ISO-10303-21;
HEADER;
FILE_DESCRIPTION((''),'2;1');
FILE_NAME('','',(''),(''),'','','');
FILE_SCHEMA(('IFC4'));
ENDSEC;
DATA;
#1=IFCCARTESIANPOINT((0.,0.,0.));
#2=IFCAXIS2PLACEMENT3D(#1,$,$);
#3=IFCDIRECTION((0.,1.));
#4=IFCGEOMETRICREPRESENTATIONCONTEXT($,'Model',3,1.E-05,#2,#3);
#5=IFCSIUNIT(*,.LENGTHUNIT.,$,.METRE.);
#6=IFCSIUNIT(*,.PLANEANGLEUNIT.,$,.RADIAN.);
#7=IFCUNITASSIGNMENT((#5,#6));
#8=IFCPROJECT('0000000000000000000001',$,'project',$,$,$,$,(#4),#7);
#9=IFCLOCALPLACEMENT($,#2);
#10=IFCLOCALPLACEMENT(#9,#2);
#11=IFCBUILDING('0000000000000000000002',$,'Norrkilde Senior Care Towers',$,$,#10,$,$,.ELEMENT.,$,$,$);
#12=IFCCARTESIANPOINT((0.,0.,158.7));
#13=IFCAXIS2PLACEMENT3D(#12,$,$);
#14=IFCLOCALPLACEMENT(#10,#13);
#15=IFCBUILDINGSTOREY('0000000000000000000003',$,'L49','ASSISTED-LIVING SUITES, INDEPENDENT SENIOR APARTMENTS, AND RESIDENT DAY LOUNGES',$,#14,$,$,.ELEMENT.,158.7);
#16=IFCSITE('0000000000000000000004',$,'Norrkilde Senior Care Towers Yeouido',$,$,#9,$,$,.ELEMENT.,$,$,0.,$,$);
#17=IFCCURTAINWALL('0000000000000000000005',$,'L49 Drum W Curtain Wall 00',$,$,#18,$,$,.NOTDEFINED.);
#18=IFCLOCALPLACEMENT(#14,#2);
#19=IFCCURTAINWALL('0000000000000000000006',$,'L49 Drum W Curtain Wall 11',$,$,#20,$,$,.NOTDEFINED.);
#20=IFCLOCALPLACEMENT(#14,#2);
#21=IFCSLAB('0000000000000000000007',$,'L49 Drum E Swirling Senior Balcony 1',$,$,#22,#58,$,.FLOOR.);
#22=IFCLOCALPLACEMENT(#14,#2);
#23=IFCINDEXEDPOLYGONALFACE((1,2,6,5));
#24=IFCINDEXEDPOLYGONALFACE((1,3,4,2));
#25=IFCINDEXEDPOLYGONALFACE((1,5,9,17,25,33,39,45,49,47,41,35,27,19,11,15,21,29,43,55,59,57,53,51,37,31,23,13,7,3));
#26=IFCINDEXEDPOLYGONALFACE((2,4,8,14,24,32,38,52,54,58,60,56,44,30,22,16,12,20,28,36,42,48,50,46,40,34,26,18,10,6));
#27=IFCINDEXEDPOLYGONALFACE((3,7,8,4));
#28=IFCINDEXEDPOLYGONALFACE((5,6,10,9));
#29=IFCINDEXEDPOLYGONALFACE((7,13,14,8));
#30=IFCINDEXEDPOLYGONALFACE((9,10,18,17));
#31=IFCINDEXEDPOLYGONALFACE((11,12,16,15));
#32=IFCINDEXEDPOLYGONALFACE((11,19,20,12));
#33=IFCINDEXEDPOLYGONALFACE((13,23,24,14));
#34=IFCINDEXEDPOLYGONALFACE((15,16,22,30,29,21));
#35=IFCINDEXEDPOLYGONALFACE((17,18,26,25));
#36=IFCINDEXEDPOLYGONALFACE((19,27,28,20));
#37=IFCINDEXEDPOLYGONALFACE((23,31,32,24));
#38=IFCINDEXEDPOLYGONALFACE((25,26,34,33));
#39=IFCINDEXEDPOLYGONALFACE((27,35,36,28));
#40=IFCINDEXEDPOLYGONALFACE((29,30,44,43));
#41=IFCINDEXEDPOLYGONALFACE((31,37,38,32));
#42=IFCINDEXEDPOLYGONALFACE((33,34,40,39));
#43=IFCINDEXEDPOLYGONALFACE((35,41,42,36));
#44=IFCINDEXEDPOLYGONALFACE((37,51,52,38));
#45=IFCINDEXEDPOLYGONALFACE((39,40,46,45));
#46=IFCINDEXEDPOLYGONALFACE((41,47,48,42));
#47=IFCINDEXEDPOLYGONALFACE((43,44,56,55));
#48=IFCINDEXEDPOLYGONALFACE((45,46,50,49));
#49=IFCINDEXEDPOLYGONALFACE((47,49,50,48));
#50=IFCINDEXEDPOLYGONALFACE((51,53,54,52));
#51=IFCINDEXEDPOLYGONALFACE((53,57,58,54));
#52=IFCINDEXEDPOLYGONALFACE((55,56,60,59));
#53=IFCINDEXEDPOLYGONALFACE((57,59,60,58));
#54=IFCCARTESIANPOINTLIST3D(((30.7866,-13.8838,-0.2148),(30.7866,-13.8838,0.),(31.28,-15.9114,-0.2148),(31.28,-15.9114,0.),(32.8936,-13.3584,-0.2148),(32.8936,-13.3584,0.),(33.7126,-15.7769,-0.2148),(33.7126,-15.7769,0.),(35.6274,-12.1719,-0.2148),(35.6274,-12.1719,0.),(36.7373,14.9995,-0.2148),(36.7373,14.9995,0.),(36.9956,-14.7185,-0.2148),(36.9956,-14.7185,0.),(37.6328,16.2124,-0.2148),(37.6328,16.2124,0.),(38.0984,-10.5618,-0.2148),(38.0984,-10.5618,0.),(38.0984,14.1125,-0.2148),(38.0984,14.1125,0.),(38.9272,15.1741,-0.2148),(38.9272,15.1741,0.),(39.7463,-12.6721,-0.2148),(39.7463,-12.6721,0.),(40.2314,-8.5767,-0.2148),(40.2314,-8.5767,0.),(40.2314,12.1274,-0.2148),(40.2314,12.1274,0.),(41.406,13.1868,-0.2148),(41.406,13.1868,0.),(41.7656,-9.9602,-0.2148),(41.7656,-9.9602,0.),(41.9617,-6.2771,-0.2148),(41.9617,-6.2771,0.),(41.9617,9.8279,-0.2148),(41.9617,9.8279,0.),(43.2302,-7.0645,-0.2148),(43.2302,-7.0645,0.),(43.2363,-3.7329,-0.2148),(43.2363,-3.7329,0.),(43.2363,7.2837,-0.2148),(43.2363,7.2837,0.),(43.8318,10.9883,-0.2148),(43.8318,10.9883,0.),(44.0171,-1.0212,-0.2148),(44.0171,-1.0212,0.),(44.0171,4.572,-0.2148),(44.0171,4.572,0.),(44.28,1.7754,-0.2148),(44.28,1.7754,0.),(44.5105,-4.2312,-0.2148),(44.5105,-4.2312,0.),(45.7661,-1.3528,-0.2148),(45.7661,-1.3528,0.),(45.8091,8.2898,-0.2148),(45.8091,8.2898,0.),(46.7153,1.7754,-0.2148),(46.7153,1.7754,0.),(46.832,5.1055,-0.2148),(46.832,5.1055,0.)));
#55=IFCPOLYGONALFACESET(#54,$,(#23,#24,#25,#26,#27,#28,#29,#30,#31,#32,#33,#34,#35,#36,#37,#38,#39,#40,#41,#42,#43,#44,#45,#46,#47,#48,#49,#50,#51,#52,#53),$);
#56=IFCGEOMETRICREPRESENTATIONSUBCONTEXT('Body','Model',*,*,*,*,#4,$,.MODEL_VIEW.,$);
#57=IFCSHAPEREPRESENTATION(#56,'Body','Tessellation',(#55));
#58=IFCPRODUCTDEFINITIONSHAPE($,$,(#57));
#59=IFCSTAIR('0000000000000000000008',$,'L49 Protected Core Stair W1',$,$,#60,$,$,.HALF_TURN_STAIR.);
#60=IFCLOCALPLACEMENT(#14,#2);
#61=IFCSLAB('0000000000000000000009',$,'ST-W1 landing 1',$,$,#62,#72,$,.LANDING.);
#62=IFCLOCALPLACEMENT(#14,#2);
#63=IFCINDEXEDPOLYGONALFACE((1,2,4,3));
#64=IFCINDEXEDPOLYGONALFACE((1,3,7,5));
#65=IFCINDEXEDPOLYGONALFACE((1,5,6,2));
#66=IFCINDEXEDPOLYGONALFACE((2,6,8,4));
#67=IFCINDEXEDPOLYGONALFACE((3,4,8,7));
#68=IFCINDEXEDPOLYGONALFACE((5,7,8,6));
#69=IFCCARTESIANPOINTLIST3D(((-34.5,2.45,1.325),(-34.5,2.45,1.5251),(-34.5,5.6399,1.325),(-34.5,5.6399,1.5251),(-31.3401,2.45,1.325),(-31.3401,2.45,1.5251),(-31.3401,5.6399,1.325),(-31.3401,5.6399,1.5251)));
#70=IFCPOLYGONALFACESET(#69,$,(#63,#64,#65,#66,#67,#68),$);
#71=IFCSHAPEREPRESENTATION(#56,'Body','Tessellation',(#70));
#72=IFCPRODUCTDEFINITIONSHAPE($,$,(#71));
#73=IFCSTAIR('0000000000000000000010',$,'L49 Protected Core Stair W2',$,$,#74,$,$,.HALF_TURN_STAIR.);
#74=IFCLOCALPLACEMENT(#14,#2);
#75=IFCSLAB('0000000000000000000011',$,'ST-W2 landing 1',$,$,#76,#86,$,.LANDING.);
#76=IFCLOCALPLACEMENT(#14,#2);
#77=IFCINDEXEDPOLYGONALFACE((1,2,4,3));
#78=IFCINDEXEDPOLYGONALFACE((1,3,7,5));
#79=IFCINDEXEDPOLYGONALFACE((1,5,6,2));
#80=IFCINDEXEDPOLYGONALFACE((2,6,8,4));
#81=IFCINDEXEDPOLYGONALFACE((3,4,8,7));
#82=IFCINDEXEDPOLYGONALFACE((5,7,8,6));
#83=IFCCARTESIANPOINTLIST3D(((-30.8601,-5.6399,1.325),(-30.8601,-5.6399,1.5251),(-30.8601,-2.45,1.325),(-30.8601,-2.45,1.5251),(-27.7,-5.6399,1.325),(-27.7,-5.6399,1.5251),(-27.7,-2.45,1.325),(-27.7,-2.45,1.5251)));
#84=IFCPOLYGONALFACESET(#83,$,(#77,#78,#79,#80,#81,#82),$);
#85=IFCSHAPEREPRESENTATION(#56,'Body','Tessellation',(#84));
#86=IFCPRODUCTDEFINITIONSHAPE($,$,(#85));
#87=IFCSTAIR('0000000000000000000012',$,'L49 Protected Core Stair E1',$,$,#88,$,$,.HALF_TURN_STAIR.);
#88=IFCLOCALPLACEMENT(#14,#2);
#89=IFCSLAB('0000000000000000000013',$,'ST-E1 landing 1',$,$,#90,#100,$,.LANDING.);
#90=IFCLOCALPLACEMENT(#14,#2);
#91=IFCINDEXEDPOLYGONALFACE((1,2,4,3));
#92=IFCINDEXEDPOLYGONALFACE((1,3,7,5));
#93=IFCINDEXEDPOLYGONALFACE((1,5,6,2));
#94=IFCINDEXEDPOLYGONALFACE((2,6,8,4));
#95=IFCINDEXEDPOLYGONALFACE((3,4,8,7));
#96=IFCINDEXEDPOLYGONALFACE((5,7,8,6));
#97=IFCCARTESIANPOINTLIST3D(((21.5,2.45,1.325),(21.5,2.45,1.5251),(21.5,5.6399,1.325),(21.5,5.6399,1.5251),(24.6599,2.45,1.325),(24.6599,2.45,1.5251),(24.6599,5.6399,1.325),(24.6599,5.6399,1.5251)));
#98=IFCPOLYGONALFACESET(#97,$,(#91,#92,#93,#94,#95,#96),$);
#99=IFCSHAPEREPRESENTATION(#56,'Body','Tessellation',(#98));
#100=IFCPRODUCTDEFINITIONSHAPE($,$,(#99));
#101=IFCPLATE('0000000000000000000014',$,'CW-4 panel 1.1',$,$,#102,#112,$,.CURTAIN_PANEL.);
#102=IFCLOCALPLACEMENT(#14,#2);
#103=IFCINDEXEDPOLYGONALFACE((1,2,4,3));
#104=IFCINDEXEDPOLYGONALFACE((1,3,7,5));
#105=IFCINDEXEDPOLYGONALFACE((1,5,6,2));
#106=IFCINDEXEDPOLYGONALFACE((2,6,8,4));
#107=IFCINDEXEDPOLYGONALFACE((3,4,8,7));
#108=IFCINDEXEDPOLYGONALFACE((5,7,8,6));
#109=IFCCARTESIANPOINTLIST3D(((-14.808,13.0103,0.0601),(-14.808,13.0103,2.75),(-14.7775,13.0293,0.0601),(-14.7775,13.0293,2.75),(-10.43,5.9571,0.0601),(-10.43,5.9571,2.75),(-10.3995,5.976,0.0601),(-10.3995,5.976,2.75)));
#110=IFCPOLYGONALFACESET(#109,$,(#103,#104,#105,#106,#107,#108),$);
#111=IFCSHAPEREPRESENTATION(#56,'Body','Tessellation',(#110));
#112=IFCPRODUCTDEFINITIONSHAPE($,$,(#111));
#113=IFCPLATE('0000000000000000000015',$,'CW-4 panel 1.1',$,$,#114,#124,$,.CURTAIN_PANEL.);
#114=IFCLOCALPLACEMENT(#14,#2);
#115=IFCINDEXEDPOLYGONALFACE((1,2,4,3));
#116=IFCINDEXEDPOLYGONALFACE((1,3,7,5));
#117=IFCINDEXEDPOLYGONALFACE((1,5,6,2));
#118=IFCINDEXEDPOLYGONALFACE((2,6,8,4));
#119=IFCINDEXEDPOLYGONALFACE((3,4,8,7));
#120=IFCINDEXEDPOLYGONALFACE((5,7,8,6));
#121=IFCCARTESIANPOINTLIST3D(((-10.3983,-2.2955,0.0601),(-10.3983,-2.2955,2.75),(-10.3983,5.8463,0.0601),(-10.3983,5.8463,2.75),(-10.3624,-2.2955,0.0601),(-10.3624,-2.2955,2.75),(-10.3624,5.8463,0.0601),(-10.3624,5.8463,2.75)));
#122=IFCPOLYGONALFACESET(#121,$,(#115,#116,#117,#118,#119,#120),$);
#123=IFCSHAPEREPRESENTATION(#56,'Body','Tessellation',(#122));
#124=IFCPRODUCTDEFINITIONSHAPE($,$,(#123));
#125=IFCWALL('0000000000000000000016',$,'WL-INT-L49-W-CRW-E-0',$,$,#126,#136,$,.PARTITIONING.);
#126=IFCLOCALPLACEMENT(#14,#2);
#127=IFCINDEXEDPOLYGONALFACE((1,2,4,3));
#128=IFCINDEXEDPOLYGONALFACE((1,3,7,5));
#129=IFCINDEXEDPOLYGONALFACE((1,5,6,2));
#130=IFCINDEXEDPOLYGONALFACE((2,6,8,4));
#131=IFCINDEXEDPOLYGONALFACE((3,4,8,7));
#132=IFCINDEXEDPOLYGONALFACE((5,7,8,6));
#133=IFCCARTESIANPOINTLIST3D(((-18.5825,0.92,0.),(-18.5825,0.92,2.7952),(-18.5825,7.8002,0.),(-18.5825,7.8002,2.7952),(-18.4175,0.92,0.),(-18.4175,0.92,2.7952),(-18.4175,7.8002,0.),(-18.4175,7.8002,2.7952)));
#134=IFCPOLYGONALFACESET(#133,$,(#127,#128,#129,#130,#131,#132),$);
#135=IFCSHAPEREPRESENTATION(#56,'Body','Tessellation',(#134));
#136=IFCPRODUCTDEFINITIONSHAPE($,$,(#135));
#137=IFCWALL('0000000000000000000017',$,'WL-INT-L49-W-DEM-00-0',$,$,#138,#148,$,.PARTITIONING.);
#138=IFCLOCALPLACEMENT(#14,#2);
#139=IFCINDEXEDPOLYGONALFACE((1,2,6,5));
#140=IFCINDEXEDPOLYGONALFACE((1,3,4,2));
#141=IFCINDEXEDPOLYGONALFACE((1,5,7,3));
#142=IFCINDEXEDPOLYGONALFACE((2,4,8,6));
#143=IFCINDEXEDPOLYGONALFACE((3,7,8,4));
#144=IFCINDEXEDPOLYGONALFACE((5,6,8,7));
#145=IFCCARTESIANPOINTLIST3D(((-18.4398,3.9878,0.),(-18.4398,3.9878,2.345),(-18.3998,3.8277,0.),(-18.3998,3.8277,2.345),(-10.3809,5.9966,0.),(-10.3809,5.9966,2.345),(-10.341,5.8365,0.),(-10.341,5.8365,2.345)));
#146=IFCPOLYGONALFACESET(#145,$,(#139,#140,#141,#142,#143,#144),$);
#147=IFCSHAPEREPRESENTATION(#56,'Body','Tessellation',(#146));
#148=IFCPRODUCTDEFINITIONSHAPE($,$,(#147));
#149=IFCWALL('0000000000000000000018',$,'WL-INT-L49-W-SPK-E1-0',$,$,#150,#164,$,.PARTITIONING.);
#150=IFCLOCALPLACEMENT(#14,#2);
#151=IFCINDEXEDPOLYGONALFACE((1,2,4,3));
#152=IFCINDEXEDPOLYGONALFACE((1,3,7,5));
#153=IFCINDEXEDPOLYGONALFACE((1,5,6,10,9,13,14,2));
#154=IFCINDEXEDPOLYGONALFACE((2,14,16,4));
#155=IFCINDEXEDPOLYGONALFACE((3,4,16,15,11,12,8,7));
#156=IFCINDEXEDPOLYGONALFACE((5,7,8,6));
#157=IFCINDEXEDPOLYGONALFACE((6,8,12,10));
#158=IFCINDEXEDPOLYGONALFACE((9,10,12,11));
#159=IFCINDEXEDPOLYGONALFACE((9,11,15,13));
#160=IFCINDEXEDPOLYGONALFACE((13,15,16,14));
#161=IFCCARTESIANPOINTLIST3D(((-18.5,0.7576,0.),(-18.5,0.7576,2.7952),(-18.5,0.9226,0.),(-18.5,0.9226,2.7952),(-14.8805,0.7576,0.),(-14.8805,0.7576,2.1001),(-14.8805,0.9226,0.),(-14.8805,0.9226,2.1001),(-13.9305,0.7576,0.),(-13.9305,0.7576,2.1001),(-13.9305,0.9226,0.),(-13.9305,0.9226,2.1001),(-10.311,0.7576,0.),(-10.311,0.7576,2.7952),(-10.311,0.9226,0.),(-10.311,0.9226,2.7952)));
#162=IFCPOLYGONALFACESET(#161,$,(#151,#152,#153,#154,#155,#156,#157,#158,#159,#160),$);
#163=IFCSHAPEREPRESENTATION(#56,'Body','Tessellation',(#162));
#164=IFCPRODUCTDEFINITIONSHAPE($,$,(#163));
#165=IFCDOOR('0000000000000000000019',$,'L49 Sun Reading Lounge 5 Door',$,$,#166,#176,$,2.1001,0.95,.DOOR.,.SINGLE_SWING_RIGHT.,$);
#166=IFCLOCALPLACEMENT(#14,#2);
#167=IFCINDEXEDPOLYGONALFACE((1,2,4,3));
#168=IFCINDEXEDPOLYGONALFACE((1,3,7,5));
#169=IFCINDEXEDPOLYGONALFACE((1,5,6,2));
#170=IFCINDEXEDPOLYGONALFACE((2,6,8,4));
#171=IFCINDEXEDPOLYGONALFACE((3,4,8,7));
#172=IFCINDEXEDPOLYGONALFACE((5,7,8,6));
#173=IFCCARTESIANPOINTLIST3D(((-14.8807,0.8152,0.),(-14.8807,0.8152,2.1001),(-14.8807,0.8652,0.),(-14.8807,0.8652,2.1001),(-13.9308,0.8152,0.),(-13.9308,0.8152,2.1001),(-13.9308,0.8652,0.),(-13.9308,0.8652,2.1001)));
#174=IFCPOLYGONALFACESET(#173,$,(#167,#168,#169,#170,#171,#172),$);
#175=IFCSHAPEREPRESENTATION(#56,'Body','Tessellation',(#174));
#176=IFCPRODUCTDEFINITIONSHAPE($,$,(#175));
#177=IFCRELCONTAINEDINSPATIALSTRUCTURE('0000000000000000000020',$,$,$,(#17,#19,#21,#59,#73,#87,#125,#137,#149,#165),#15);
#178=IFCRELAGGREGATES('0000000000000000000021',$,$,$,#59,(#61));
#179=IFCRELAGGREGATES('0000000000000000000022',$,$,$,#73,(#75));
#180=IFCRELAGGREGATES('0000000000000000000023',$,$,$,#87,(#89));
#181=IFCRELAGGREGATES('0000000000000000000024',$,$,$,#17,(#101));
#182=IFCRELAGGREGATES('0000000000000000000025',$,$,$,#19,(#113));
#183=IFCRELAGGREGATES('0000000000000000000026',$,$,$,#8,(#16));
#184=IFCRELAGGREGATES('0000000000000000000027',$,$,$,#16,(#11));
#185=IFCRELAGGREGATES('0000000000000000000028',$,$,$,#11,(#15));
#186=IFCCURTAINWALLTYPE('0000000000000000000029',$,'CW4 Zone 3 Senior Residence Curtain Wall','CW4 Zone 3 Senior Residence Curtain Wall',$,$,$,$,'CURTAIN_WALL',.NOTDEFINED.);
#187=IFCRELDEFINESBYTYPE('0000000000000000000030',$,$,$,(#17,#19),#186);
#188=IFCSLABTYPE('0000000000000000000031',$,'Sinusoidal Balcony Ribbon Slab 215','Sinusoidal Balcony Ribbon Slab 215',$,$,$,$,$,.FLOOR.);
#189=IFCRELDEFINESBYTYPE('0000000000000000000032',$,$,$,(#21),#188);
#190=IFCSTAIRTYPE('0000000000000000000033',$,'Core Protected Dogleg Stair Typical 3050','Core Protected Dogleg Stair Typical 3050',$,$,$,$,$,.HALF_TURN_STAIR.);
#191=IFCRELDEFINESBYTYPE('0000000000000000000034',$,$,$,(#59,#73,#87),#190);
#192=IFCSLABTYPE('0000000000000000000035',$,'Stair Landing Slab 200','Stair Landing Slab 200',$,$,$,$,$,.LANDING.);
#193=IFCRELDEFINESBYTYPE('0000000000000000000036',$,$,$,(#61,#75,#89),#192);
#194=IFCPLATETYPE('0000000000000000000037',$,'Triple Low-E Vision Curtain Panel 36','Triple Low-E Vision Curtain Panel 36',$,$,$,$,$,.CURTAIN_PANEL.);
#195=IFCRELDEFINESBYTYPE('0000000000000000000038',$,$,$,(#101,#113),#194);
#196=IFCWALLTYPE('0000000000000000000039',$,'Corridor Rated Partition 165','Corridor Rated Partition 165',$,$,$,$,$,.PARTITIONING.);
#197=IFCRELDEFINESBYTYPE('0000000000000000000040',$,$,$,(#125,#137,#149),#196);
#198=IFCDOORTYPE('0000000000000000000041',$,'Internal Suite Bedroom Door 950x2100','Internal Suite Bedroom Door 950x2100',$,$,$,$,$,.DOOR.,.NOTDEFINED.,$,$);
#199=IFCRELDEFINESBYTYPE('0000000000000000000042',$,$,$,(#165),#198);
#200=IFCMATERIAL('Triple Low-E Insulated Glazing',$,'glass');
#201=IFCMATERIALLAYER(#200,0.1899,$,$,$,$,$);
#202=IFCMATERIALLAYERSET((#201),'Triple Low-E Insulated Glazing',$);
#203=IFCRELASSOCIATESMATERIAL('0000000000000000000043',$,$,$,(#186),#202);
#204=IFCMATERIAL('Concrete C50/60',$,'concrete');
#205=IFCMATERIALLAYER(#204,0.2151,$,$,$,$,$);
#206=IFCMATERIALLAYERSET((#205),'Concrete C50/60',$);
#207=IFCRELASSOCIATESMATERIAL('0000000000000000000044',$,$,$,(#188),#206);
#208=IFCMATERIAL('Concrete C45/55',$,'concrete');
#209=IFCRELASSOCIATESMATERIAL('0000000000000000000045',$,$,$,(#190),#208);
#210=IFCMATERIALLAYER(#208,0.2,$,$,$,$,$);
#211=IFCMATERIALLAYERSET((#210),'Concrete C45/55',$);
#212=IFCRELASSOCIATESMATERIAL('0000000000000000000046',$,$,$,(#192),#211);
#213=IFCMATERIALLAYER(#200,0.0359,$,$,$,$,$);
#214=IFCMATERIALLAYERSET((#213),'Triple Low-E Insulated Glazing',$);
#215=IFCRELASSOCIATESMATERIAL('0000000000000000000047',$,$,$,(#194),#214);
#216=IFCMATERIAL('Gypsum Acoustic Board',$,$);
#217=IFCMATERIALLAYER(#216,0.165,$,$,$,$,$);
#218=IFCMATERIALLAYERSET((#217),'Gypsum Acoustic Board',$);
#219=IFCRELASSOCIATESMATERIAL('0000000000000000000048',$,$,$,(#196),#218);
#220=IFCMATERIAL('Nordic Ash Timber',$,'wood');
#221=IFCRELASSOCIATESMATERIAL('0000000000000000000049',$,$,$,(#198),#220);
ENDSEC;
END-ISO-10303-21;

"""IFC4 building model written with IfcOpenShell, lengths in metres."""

from ifc_helpers import new_model, si_unit, direction, frame, frame_2d, origin, origin_2d, place, context, subcontext, project, spatial, polyline, rectangle, outline, extrude, source, transform, mapped, material, layer, layer_set, type_object, type_shapes, element, fill, aggregate, save


model = new_model("IFC4")

# Units and contexts
model_context = context("Model", 3, precision=1e-05, world=origin(), true_north=direction((0.0, 1.0)))
body_context = subcontext(model_context, "Body", "Model", "MODEL_VIEW")
ifc_project = project(units=[si_unit("LENGTHUNIT", "METRE"), si_unit("PLANEANGLEUNIT", "RADIAN")], contexts=[model_context])

# Site, building, storey
site_placement = place(None, origin())
site = spatial("IfcSite", under=ifc_project, at=site_placement, Name="Norrkilde Senior Care Towers Yeouido", CompositionType="ELEMENT", RefElevation=0.0)
building_placement = place(site_placement, origin())
building = spatial("IfcBuilding", under=site, at=building_placement, Name="Norrkilde Senior Care Towers", CompositionType="ELEMENT")
storey_placement = place(building_placement, frame((0.0, 0.0, 158.7)))
storey = spatial("IfcBuildingStorey", under=building, at=storey_placement, Name="L49", Description="ASSISTED-LIVING SUITES, INDEPENDENT SENIOR APARTMENTS, AND RESIDENT DAY LOUNGES", CompositionType="ELEMENT", Elevation=158.7)

# Shared definitions
ifc_material_1 = material(Name="Concrete C50/60", Category="concrete")

# Curtain wall
ifc_material_2 = material(Name="Triple Low-E Insulated Glazing", Category="glass")
ifc_layer_1 = layer(ifc_material_2, 0.1899)
ifc_layer_set_1 = layer_set([ifc_layer_1], Name="Triple Low-E Insulated Glazing")
curtain_wall_type = type_object("IfcCurtainWallType", Name="CW4 Zone 3 Senior Residence Curtain Wall", Description="CW4 Zone 3 Senior Residence Curtain Wall", ElementType="CURTAIN_WALL", PredefinedType="NOTDEFINED", material=ifc_layer_set_1)
curtain_wall_1_placement = place(storey_placement, origin())
curtain_wall_1 = element("IfcCurtainWall", 1, at=curtain_wall_1_placement, inside=storey, type_object=curtain_wall_type, Name="L49 Drum W Curtain Wall 00", PredefinedType="NOTDEFINED")

# Curtain wall
curtain_wall_2_placement = place(storey_placement, origin())
curtain_wall_2 = element("IfcCurtainWall", 2, at=curtain_wall_2_placement, inside=storey, type_object=curtain_wall_type, Name="L49 Drum W Curtain Wall 11", PredefinedType="NOTDEFINED")

# Slab
ifc_layer_2 = layer(ifc_material_1, 0.2151)
ifc_layer_set_2 = layer_set([ifc_layer_2], Name="Concrete C50/60")
slab_type_1 = type_object("IfcSlabType", Name="Sinusoidal Balcony Ribbon Slab 215", Description="Sinusoidal Balcony Ribbon Slab 215", PredefinedType="FLOOR", material=ifc_layer_set_2)
slab_1_placement = place(storey_placement, frame((0.0, 0.0, -0.2148)))
element("IfcSlab", 3, at=slab_1_placement, inside=storey, type_object=slab_type_1, Name="L49 Drum E Swirling Senior Balcony 1", PredefinedType="FLOOR", context=body_context, shape_type="SweptSolid", body=[
    extrude(outline(polyline([(43.2302, -7.0645), (41.7656, -9.9602), (39.7463, -12.6721), (36.9956, -14.7185), (33.7126, -15.7769), (31.28, -15.9114), (30.7866, -13.8838), (32.8936, -13.3584), (35.6274, -12.1719), (38.0984, -10.5618), (40.2314, -8.5767), (41.9617, -6.2771), (43.2363, -3.7329), (44.0171, -1.0212), (44.28, 1.7754), (44.0171, 4.572), (43.2363, 7.2837), (41.9617, 9.8279), (40.2314, 12.1274), (38.0984, 14.1125), (36.7373, 14.9995), (37.6328, 16.2124), (38.9272, 15.1741), (41.406, 13.1868), (43.8318, 10.9883), (45.8091, 8.2898), (46.832, 5.1055), (46.7153, 1.7754), (45.7661, -1.3528), (44.5105, -4.2312), (43.2302, -7.0645)])), origin(), (0.0, 0.0, 1.0), 0.2148),
])

# Stairs, slabs
ifc_material_3 = material(Name="Concrete C45/55", Category="concrete")
stair_type = type_object("IfcStairType", Name="Core Protected Dogleg Stair Typical 3050", Description="Core Protected Dogleg Stair Typical 3050", PredefinedType="HALF_TURN_STAIR", material=ifc_material_3)
stair_1_placement = place(storey_placement, origin())
stair_1 = element("IfcStair", 4, at=stair_1_placement, inside=storey, type_object=stair_type, Name="L49 Protected Core Stair W1", PredefinedType="HALF_TURN_STAIR")
ifc_layer_3 = layer(ifc_material_3, 0.2)
ifc_layer_set_3 = layer_set([ifc_layer_3], Name="Concrete C45/55")
slab_type_2 = type_object("IfcSlabType", Name="Stair Landing Slab 200", Description="Stair Landing Slab 200", PredefinedType="LANDING", material=ifc_layer_set_3)
slab_2_placement = place(storey_placement, frame((0.0, 0.0, 1.325)))
slab_2 = element("IfcSlab", 5, at=slab_2_placement, type_object=slab_type_2, Name="ST-W1 landing 1", PredefinedType="LANDING", context=body_context, shape_type="SweptSolid", body=[
    extrude(outline(polyline([(-31.3401, 5.6399), (-34.5, 5.6399), (-34.5, 2.45), (-31.3401, 2.45), (-31.3401, 5.6399)])), origin(), (0.0, 0.0, 1.0), 0.2002),
])
aggregate(stair_1, [slab_2])
stair_2_placement = place(storey_placement, origin())
stair_2 = element("IfcStair", 6, at=stair_2_placement, inside=storey, type_object=stair_type, Name="L49 Protected Core Stair W2", PredefinedType="HALF_TURN_STAIR")
slab_3_placement = place(storey_placement, frame((0.0, 0.0, 1.325)))
slab_3 = element("IfcSlab", 7, at=slab_3_placement, type_object=slab_type_2, Name="ST-W2 landing 1", PredefinedType="LANDING", context=body_context, shape_type="SweptSolid", body=[
    extrude(outline(polyline([(-30.8601, -5.6399), (-27.7, -5.6399), (-27.7, -2.45), (-30.8601, -2.45), (-30.8601, -5.6399)])), origin(), (0.0, 0.0, 1.0), 0.2002),
])
aggregate(stair_2, [slab_3])
stair_3_placement = place(storey_placement, origin())
stair_3 = element("IfcStair", 8, at=stair_3_placement, inside=storey, type_object=stair_type, Name="L49 Protected Core Stair E1", PredefinedType="HALF_TURN_STAIR")
slab_4_placement = place(storey_placement, frame((0.0, 0.0, 1.325)))
slab_4 = element("IfcSlab", 9, at=slab_4_placement, type_object=slab_type_2, Name="ST-E1 landing 1", PredefinedType="LANDING", context=body_context, shape_type="SweptSolid", body=[
    extrude(outline(polyline([(24.6599, 5.6399), (21.5, 5.6399), (21.5, 2.45), (24.6599, 2.45), (24.6599, 5.6399)])), origin(), (0.0, 0.0, 1.0), 0.2002),
])
aggregate(stair_3, [slab_4])

# Plates
ifc_layer_4 = layer(ifc_material_2, 0.0359)
ifc_layer_set_4 = layer_set([ifc_layer_4], Name="Triple Low-E Insulated Glazing")
plate_type = type_object("IfcPlateType", Name="Triple Low-E Vision Curtain Panel 36", Description="Triple Low-E Vision Curtain Panel 36", PredefinedType="CURTAIN_PANEL", material=ifc_layer_set_4)
shared_shape_1 = source(origin(), body_context, "Body", "SweptSolid", [
    extrude(rectangle(XDim=8.3015, YDim=0.0359, at=origin_2d()), origin(), (0.0, 0.0, 1.0), 2.6899),
])
plate_1_placement = place(storey_placement, frame((-12.6038, 9.4932, 0.0601), z_axis=(0.0, 0.0, 1.0), x_axis=(0.527373, -0.849634, 0.0)))
plate_1 = element("IfcPlate", 10, at=plate_1_placement, type_object=plate_type, Name="CW-4 panel 1.1", PredefinedType="CURTAIN_PANEL", context=body_context, shape_type="MappedRepresentation", body=[
    mapped(shared_shape_1, transform((0.0, 0.0, 0.0), x_axis=(1.0, 0.0, 0.0), y_axis=(0.0, 1.0, 0.0), z_axis=(0.0, 0.0, 1.0), scale=1.0)),
])
aggregate(curtain_wall_1, [plate_1])
shared_shape_2 = source(origin(), body_context, "Body", "SweptSolid", [
    extrude(rectangle(XDim=8.1418, YDim=0.0359, at=origin_2d()), origin(), (0.0, 0.0, 1.0), 2.6899),
])
type_shapes(plate_type, [shared_shape_1, shared_shape_2])
plate_2_placement = place(storey_placement, frame((-10.3804, 1.7754, 0.0601), z_axis=(0.0, 0.0, 1.0), x_axis=(0.0, -1.0, 0.0)))
plate_2 = element("IfcPlate", 11, at=plate_2_placement, type_object=plate_type, Name="CW-4 panel 1.1", PredefinedType="CURTAIN_PANEL", context=body_context, shape_type="MappedRepresentation", body=[
    mapped(shared_shape_2, transform((0.0, 0.0, 0.0), x_axis=(1.0, 0.0, 0.0), y_axis=(0.0, 1.0, 0.0), z_axis=(0.0, 0.0, 1.0), scale=1.0)),
])
aggregate(curtain_wall_2, [plate_2])

# Walls
ifc_material_4 = material(Name="Gypsum Acoustic Board")
ifc_layer_5 = layer(ifc_material_4, 0.165)
ifc_layer_set_5 = layer_set([ifc_layer_5], Name="Gypsum Acoustic Board")
wall_type = type_object("IfcWallType", Name="Corridor Rated Partition 165", Description="Corridor Rated Partition 165", PredefinedType="PARTITIONING", material=ifc_layer_set_5)
shared_shape_3 = source(origin(), body_context, "Body", "SweptSolid", [
    extrude(rectangle(XDim=6.8801, YDim=0.165, at=frame_2d((3.4399, 0.0))), origin(), (0.0, 0.0, 1.0), 2.7952),
])
wall_1_placement = place(storey_placement, frame((-18.5, 7.8, 0.0), z_axis=(0.0, 0.0, 1.0), x_axis=(0.0, -1.0, 0.0)))
element("IfcWall", 12, at=wall_1_placement, inside=storey, type_object=wall_type, Name="WL-INT-L49-W-CRW-E-0", PredefinedType="PARTITIONING", context=body_context, shape_type="MappedRepresentation", body=[
    mapped(shared_shape_3, transform((0.0, 0.0, 0.0), x_axis=(1.0, 0.0, 0.0), y_axis=(0.0, 1.0, 0.0), z_axis=(0.0, 0.0, 1.0), scale=1.0)),
])
shared_shape_4 = source(origin(), body_context, "Body", "SweptSolid", [
    extrude(rectangle(XDim=8.3054, YDim=0.165, at=frame_2d((4.1528, 0.0))), origin(), (0.0, 0.0, 1.0), 2.345),
])
wall_2_placement = place(storey_placement, frame((-18.4199, 3.9077, 0.0), z_axis=(0.0, 0.0, 1.0), x_axis=(0.97031, 0.241865, 0.0)))
element("IfcWall", 13, at=wall_2_placement, inside=storey, type_object=wall_type, Name="WL-INT-L49-W-DEM-00-0", PredefinedType="PARTITIONING", context=body_context, shape_type="MappedRepresentation", body=[
    mapped(shared_shape_4, transform((0.0, 0.0, 0.0), x_axis=(1.0, 0.0, 0.0), y_axis=(0.0, 1.0, 0.0), z_axis=(0.0, 0.0, 1.0), scale=1.0)),
])

# Wall, opening, door
shared_shape_5 = source(origin(), body_context, "Body", "SweptSolid", [
    extrude(rectangle(XDim=8.189, YDim=0.165, at=frame_2d((4.0945, 0.0))), origin(), (0.0, 0.0, 1.0), 2.7952),
])
type_shapes(wall_type, [shared_shape_3, shared_shape_4, shared_shape_5])
wall_3_placement = place(storey_placement, frame((-18.5, 0.8401, 0.0), z_axis=(0.0, 0.0, 1.0), x_axis=(1.0, 0.0, 0.0)))
wall_3 = element("IfcWall", 14, at=wall_3_placement, inside=storey, type_object=wall_type, Name="WL-INT-L49-W-SPK-E1-0", PredefinedType="PARTITIONING", context=body_context, shape_type="MappedRepresentation", body=[
    mapped(shared_shape_5, transform((0.0, 0.0, 0.0), x_axis=(1.0, 0.0, 0.0), y_axis=(0.0, 1.0, 0.0), z_axis=(0.0, 0.0, 1.0), scale=1.0)),
])
opening_placement = place(wall_3_placement, frame((3.6194, 0.0, 0.0)))
opening = element("IfcOpeningElement", 15, at=opening_placement, cuts=wall_3, PredefinedType="OPENING", context=body_context, shape_type="SweptSolid", body=[
    extrude(rectangle(XDim=0.95, YDim=2.1001, at=frame_2d((0.4751, 1.05))), frame((0.0, 0.0925, 0.0), z_axis=(0.0, -1.0, 0.0), x_axis=(1.0, 0.0, 0.0)), (0.0, 0.0, 1.0), 0.1851),
])
ifc_material_5 = material(Name="Nordic Ash Timber", Category="wood")
door_type = type_object("IfcDoorType", Name="Internal Suite Bedroom Door 950x2100", Description="Internal Suite Bedroom Door 950x2100", OperationType="NOTDEFINED", PredefinedType="DOOR", material=ifc_material_5)
shared_shape_6 = source(origin(), body_context, "Body", "SweptSolid", [
    extrude(rectangle(XDim=0.95, YDim=2.1001, at=frame_2d((0.4751, 1.05))), frame((0.0, 0.0249, 0.0), z_axis=(0.0, -1.0, 0.0), x_axis=(1.0, 0.0, 0.0)), (0.0, 0.0, 1.0), 0.05),
])
type_shapes(door_type, [shared_shape_6])
door_placement = place(opening_placement, frame((0.95, 0.0, 0.0), z_axis=(0.0, 0.0, 1.0), x_axis=(-1.0, 0.0, 0.0)))
door = element("IfcDoor", 16, at=door_placement, inside=storey, type_object=door_type, Name="L49 Sun Reading Lounge 5 Door", OperationType="SINGLE_SWING_RIGHT", OverallHeight=2.1001, OverallWidth=0.95, PredefinedType="DOOR", context=body_context, shape_type="MappedRepresentation", body=[
    mapped(shared_shape_6, transform((0.0, 0.0, 0.0), x_axis=(1.0, 0.0, 0.0), y_axis=(0.0, 1.0, 0.0), z_axis=(0.0, 0.0, 1.0), scale=1.0)),
])
fill(opening, door)

save(model, "model.ifc")
